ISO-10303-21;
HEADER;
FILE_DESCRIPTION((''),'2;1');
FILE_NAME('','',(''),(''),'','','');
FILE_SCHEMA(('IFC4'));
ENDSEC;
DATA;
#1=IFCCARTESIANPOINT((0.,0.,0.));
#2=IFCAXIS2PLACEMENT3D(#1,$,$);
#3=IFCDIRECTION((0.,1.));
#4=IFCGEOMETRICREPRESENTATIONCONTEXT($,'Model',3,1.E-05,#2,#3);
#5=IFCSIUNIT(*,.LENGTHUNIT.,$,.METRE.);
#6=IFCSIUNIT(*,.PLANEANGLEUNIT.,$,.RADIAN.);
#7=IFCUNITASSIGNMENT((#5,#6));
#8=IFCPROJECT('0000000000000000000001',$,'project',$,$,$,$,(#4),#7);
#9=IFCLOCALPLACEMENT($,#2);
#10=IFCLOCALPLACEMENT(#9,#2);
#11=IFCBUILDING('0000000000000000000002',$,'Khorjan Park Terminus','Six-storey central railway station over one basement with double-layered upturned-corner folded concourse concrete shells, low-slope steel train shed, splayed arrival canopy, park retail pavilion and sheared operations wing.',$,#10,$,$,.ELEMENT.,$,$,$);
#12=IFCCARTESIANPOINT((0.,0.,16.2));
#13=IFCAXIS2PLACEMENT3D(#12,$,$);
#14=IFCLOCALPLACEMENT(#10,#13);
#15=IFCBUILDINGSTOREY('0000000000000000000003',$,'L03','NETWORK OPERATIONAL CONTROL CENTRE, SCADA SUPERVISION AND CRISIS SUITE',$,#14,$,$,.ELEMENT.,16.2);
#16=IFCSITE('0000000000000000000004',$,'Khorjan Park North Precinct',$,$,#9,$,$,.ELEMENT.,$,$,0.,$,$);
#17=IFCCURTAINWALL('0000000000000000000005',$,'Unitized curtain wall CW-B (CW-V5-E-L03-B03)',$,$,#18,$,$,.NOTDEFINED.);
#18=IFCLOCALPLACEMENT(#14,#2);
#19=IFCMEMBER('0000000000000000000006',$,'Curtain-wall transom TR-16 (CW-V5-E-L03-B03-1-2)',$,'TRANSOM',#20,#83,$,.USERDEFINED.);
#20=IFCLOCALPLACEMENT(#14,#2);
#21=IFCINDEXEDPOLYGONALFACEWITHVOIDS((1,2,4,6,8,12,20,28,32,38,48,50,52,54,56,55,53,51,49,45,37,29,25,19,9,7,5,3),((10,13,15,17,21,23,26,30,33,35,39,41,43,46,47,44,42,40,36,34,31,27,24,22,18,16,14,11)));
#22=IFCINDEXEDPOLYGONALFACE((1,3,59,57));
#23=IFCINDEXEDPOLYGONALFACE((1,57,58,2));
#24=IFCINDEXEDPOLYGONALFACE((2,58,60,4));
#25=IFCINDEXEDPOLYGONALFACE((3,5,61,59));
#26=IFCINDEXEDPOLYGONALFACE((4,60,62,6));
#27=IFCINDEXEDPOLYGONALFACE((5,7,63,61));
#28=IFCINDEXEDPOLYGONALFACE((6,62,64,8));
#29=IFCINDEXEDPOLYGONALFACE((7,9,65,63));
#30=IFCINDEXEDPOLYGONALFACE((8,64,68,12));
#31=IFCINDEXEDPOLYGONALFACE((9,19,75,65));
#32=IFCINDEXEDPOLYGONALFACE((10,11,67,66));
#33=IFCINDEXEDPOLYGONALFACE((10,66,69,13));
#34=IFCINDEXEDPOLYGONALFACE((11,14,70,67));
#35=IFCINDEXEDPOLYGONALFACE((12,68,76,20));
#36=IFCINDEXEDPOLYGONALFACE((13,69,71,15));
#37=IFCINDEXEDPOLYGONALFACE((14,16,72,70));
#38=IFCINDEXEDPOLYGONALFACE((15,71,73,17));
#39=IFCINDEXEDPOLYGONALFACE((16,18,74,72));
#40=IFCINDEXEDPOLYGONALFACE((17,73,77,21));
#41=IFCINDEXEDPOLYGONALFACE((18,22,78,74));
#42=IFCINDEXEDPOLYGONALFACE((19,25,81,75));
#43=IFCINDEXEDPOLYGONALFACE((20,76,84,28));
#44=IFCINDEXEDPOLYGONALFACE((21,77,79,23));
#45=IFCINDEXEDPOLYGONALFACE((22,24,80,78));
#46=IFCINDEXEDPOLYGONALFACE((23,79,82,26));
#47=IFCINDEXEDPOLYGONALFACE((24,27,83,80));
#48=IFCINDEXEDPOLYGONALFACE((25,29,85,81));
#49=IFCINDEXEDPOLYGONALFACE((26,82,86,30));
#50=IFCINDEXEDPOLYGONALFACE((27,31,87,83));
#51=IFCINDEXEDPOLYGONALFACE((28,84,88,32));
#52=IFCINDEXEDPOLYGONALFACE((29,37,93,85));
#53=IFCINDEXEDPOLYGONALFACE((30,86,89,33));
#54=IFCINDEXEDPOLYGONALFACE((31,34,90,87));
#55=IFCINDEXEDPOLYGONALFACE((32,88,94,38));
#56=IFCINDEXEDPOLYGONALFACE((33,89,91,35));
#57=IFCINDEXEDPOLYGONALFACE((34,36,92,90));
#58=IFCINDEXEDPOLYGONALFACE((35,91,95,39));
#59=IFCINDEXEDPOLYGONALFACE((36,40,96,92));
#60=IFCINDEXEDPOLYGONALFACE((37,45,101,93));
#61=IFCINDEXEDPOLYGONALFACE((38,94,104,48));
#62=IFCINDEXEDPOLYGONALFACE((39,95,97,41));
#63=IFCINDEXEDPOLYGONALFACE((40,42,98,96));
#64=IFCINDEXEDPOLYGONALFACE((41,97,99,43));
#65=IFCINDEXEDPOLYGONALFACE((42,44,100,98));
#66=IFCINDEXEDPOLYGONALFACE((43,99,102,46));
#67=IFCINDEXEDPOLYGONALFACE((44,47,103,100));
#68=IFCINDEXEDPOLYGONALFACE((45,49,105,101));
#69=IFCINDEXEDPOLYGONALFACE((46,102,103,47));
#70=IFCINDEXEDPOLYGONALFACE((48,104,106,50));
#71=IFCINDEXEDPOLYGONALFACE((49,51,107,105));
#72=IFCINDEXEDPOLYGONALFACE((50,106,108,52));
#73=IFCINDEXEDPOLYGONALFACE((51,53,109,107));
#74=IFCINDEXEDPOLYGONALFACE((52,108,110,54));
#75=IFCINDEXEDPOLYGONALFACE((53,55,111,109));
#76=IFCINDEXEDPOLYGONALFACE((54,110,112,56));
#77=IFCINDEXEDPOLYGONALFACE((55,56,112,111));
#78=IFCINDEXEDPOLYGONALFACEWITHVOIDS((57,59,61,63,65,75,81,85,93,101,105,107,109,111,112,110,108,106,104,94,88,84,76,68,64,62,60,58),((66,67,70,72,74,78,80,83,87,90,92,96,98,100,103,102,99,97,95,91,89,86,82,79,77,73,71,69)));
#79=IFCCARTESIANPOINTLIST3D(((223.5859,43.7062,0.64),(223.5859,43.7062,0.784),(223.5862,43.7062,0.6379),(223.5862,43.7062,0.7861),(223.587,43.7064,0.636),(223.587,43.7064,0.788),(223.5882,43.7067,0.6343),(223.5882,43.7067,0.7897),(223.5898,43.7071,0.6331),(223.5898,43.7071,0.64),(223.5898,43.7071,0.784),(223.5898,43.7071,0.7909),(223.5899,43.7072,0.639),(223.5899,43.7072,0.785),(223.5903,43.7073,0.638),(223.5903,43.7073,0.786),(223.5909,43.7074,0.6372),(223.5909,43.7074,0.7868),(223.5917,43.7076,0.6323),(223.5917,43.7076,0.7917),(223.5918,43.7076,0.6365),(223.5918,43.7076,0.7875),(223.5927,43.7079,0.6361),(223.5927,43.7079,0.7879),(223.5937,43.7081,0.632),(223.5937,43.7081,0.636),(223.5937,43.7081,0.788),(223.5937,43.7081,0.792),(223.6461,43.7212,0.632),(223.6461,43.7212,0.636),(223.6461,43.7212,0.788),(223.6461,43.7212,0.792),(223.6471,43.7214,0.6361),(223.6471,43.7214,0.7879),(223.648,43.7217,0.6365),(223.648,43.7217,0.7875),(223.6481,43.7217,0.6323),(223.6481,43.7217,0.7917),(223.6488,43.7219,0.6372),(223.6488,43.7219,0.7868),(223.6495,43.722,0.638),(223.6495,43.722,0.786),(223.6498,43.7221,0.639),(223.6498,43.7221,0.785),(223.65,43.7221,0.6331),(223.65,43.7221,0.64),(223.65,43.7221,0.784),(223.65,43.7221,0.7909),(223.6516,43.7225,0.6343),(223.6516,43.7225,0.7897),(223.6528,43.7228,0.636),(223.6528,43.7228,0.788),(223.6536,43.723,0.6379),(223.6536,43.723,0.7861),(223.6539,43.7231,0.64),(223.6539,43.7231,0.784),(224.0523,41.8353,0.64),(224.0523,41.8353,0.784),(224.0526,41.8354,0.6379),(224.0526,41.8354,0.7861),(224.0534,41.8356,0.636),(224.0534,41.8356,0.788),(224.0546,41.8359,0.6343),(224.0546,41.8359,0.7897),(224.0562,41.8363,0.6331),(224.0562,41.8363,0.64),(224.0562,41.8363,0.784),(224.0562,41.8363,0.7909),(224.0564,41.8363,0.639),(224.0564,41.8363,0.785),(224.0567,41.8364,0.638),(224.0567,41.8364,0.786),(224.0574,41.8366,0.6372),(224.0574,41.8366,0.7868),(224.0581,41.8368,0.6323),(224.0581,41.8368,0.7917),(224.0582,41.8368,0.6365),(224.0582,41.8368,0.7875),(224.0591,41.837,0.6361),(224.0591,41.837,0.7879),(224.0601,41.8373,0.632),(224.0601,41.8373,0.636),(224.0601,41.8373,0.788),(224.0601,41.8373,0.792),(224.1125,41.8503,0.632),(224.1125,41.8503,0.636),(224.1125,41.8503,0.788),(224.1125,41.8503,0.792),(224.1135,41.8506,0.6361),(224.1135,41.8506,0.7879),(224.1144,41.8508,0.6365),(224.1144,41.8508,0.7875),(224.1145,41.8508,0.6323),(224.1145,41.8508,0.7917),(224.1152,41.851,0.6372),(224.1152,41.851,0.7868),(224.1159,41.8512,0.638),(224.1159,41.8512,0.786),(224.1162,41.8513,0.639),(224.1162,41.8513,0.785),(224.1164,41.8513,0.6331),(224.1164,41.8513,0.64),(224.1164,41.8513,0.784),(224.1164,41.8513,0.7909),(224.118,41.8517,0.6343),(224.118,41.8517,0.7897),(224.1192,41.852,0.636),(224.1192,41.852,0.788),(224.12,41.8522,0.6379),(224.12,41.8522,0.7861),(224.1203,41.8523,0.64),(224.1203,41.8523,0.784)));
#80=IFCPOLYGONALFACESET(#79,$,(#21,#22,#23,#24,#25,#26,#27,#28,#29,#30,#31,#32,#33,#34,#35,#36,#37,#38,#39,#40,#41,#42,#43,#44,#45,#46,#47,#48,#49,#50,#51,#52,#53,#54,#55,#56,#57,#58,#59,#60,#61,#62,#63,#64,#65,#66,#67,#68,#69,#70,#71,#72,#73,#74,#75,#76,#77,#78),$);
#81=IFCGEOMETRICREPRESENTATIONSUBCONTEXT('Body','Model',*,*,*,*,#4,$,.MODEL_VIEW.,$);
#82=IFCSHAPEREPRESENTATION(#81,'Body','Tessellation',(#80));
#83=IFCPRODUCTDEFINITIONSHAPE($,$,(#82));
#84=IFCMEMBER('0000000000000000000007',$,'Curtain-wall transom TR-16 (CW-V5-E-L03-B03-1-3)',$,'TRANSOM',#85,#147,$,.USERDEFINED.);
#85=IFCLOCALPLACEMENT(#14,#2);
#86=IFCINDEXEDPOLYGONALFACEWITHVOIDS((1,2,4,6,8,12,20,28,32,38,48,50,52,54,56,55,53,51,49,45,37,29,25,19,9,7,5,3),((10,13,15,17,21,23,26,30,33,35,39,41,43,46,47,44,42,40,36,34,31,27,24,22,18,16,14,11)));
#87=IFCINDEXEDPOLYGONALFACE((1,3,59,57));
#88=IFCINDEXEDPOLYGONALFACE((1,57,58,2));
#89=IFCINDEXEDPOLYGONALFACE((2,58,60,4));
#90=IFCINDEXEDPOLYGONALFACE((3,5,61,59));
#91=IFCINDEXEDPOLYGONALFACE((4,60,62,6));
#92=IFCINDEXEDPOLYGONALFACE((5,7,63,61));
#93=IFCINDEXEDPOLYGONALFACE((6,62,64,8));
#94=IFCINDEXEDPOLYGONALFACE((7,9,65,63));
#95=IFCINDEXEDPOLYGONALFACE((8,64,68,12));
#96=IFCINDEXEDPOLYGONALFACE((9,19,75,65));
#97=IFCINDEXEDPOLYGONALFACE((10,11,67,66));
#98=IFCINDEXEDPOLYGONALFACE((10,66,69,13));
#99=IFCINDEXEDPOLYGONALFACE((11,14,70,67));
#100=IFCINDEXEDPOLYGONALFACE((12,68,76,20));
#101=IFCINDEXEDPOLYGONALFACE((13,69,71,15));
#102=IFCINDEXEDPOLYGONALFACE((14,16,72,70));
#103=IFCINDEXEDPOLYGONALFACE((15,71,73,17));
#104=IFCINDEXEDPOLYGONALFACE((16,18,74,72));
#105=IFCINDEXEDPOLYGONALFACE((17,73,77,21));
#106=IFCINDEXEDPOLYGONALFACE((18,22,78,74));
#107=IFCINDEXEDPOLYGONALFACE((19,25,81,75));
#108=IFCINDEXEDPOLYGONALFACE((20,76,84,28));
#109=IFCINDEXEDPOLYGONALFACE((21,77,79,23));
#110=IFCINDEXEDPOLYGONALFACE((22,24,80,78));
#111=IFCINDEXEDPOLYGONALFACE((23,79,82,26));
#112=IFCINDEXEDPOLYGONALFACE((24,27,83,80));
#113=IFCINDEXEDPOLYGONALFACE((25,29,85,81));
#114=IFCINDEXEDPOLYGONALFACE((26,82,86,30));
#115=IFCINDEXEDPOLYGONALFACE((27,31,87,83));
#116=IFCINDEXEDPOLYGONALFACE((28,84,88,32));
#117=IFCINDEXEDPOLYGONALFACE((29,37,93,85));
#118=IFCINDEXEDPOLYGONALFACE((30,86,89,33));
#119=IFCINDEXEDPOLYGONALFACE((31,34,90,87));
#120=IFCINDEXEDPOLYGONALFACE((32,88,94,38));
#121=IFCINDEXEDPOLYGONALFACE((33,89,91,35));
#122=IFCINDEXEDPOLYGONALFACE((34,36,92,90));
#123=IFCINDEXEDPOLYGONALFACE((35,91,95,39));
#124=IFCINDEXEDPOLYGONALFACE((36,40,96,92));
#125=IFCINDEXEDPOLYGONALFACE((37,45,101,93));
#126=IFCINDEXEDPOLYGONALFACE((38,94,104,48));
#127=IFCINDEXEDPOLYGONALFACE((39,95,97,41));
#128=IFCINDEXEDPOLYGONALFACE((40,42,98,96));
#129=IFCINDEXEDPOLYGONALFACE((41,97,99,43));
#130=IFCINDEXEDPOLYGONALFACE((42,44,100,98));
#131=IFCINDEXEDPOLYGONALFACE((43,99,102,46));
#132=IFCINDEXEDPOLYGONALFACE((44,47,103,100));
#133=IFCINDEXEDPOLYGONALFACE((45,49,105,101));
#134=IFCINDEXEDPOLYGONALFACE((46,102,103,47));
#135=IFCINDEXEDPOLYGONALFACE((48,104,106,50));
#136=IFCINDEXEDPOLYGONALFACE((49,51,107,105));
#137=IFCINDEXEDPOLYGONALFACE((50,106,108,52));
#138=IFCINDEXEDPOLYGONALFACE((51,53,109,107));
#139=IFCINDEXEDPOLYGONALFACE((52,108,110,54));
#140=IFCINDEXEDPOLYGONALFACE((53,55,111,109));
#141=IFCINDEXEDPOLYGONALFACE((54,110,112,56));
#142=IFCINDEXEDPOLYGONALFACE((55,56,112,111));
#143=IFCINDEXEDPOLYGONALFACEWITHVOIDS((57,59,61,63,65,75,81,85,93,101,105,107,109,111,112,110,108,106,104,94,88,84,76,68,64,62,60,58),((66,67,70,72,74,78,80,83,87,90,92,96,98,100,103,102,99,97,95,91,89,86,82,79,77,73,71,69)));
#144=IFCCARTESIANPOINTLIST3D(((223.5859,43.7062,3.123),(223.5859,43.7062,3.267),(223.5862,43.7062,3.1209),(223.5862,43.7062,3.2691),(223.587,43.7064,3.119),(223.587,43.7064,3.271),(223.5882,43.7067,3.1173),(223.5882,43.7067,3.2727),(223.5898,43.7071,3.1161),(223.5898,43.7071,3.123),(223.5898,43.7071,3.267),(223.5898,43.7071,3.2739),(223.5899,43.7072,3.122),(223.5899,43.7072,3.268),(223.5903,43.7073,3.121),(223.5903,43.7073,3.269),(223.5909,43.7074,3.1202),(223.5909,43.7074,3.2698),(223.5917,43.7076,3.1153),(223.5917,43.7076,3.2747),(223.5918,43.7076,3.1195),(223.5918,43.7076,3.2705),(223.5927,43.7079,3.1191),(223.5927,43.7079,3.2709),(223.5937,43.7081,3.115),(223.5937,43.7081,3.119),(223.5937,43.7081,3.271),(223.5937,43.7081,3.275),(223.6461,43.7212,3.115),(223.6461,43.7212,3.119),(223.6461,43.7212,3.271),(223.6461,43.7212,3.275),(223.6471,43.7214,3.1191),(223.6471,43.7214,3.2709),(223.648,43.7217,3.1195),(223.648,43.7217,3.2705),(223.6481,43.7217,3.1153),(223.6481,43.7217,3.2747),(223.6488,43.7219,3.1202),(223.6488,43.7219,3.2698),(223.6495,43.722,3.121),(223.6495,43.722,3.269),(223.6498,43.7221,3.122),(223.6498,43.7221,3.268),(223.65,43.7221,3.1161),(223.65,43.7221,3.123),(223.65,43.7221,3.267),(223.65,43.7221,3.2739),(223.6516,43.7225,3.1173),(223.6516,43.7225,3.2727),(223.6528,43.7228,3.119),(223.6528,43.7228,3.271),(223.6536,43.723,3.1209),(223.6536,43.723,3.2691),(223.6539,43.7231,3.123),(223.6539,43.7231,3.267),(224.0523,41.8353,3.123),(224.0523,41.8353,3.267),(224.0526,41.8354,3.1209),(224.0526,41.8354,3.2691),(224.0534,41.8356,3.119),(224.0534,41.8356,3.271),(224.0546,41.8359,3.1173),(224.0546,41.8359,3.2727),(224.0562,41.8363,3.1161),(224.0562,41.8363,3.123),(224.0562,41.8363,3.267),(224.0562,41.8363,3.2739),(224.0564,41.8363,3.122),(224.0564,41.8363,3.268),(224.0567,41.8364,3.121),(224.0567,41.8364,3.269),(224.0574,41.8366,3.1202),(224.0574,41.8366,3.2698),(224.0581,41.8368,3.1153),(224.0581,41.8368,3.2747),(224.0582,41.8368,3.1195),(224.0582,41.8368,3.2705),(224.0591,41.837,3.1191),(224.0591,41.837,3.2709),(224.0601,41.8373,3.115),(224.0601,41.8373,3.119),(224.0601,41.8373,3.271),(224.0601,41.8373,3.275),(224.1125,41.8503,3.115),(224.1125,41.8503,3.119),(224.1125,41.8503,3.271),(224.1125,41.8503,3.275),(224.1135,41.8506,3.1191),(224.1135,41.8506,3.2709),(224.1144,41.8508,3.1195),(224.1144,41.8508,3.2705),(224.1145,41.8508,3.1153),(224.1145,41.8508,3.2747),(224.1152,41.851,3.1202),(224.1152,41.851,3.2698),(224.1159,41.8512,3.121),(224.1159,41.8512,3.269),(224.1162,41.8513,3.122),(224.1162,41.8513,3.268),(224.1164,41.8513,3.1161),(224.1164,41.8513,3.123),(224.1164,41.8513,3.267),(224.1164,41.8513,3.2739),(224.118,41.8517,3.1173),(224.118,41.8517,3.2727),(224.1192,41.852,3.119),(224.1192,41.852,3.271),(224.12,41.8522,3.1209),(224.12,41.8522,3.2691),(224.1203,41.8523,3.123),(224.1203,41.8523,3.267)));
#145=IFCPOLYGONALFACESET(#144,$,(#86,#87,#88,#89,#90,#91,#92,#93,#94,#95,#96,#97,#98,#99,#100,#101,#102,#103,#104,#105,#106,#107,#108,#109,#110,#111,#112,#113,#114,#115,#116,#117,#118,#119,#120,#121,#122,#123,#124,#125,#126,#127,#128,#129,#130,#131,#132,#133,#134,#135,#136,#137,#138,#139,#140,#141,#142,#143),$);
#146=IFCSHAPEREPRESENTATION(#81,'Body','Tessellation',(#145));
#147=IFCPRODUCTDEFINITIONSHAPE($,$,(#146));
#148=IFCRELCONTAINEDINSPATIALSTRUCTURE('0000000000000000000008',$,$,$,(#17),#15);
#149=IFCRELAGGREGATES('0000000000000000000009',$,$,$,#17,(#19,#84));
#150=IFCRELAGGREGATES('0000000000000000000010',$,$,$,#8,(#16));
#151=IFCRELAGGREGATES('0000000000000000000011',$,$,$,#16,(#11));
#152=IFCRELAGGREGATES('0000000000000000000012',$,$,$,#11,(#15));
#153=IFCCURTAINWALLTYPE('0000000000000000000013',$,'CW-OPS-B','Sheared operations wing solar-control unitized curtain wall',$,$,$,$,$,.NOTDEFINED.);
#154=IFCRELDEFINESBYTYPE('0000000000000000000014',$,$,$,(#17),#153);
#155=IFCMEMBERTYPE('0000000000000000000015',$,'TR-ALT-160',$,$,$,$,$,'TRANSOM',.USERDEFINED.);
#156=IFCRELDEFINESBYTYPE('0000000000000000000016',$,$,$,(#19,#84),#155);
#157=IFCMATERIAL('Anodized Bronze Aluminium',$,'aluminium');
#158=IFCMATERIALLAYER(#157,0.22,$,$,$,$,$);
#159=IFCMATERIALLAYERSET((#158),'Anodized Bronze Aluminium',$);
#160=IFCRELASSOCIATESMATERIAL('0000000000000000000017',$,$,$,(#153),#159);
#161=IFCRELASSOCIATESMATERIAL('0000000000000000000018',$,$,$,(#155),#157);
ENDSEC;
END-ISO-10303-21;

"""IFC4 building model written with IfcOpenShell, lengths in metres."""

from ifc_helpers import new_model, si_unit, direction, frame, origin, origin_2d, place, context, subcontext, project, spatial, hollow_rectangle, extrude, material, layer, layer_set, material_profile, profile_set, type_object, element, aggregate, save


model = new_model("IFC4")

# Units and contexts
model_context = context("Model", 3, precision=1e-05, world=origin(), true_north=direction((0.0, 1.0)))
body_context = subcontext(model_context, "Body", "Model", "MODEL_VIEW")
ifc_project = project(units=[si_unit("LENGTHUNIT", "METRE"), si_unit("PLANEANGLEUNIT", "RADIAN")], contexts=[model_context])

# Site, building, storey
site_placement = place(None, origin())
site = spatial("IfcSite", under=ifc_project, at=site_placement, Name="Khorjan Park North Precinct", CompositionType="ELEMENT", RefElevation=0.0)
building_placement = place(site_placement, origin())
building = spatial("IfcBuilding", under=site, at=building_placement, Name="Khorjan Park Terminus", Description="Six-storey central railway station over one basement with double-layered upturned-corner folded concourse concrete shells, low-slope steel train shed, splayed arrival canopy, park retail pavilion and sheared operations wing.", CompositionType="ELEMENT")
storey_placement = place(building_placement, frame((0.0, 0.0, 16.2)))
storey = spatial("IfcBuildingStorey", under=building, at=storey_placement, Name="L03", Description="NETWORK OPERATIONAL CONTROL CENTRE, SCADA SUPERVISION AND CRISIS SUITE", CompositionType="ELEMENT", Elevation=16.2)

# Curtain wall, members
ifc_material_1 = material(Name="Anodized Bronze Aluminium", Category="aluminium")
ifc_layer_1 = layer(ifc_material_1, 0.22)
ifc_layer_set_1 = layer_set([ifc_layer_1], Name="Anodized Bronze Aluminium")
curtain_wall_type = type_object("IfcCurtainWallType", Name="CW-OPS-B", Description="Sheared operations wing solar-control unitized curtain wall", PredefinedType="NOTDEFINED", material=ifc_layer_set_1)
curtain_wall_placement = place(storey_placement, origin())
curtain_wall = element("IfcCurtainWall", 1, at=curtain_wall_placement, inside=storey, type_object=curtain_wall_type, Name="Unitized curtain wall CW-B (CW-V5-E-L03-B03)", PredefinedType="NOTDEFINED")
ifc_material_profile_1 = material_profile(ifc_material_1, hollow_rectangle(XDim=0.07, YDim=0.16, WallThickness=0.004, InnerFilletRadius=0.004, OuterFilletRadius=0.008, at=origin_2d()), Name="ALT 70x160x4")
ifc_profile_set_1 = profile_set([ifc_material_profile_1], Name="Anodized Bronze Aluminium")
member_type_1 = type_object("IfcMemberType", Name="TR-ALT-160", ElementType="TRANSOM", PredefinedType="USERDEFINED", material=ifc_profile_set_1)
member_1_placement = place(storey_placement, frame((224.0863, 41.8438, 0.712), z_axis=(-0.241901, 0.970301, 0.0), x_axis=(-0.970301, -0.241901, 0.0)))
member_1 = element("IfcMember", 2, at=member_1_placement, type_object=member_type_1, Name="Curtain-wall transom TR-16 (CW-V5-E-L03-B03-1-2)", ObjectType="TRANSOM", PredefinedType="USERDEFINED", context=body_context, shape_type="SweptSolid", body=[
    extrude(hollow_rectangle(XDim=0.07, YDim=0.16, WallThickness=0.004, InnerFilletRadius=0.004, OuterFilletRadius=0.008, at=origin_2d()), origin(), (0.0, 0.0, 1.0), 1.9281),
])
member_2_placement = place(storey_placement, frame((224.0863, 41.8438, 3.195), z_axis=(-0.241901, 0.970301, 0.0), x_axis=(-0.970301, -0.241901, 0.0)))
member_2 = element("IfcMember", 3, at=member_2_placement, type_object=member_type_1, Name="Curtain-wall transom TR-16 (CW-V5-E-L03-B03-1-3)", ObjectType="TRANSOM", PredefinedType="USERDEFINED", context=body_context, shape_type="SweptSolid", body=[
    extrude(hollow_rectangle(XDim=0.07, YDim=0.16, WallThickness=0.004, InnerFilletRadius=0.004, OuterFilletRadius=0.008, at=origin_2d()), origin(), (0.0, 0.0, 1.0), 1.9281),
])
aggregate(curtain_wall, [member_1, member_2])

save(model, "model.ifc")
